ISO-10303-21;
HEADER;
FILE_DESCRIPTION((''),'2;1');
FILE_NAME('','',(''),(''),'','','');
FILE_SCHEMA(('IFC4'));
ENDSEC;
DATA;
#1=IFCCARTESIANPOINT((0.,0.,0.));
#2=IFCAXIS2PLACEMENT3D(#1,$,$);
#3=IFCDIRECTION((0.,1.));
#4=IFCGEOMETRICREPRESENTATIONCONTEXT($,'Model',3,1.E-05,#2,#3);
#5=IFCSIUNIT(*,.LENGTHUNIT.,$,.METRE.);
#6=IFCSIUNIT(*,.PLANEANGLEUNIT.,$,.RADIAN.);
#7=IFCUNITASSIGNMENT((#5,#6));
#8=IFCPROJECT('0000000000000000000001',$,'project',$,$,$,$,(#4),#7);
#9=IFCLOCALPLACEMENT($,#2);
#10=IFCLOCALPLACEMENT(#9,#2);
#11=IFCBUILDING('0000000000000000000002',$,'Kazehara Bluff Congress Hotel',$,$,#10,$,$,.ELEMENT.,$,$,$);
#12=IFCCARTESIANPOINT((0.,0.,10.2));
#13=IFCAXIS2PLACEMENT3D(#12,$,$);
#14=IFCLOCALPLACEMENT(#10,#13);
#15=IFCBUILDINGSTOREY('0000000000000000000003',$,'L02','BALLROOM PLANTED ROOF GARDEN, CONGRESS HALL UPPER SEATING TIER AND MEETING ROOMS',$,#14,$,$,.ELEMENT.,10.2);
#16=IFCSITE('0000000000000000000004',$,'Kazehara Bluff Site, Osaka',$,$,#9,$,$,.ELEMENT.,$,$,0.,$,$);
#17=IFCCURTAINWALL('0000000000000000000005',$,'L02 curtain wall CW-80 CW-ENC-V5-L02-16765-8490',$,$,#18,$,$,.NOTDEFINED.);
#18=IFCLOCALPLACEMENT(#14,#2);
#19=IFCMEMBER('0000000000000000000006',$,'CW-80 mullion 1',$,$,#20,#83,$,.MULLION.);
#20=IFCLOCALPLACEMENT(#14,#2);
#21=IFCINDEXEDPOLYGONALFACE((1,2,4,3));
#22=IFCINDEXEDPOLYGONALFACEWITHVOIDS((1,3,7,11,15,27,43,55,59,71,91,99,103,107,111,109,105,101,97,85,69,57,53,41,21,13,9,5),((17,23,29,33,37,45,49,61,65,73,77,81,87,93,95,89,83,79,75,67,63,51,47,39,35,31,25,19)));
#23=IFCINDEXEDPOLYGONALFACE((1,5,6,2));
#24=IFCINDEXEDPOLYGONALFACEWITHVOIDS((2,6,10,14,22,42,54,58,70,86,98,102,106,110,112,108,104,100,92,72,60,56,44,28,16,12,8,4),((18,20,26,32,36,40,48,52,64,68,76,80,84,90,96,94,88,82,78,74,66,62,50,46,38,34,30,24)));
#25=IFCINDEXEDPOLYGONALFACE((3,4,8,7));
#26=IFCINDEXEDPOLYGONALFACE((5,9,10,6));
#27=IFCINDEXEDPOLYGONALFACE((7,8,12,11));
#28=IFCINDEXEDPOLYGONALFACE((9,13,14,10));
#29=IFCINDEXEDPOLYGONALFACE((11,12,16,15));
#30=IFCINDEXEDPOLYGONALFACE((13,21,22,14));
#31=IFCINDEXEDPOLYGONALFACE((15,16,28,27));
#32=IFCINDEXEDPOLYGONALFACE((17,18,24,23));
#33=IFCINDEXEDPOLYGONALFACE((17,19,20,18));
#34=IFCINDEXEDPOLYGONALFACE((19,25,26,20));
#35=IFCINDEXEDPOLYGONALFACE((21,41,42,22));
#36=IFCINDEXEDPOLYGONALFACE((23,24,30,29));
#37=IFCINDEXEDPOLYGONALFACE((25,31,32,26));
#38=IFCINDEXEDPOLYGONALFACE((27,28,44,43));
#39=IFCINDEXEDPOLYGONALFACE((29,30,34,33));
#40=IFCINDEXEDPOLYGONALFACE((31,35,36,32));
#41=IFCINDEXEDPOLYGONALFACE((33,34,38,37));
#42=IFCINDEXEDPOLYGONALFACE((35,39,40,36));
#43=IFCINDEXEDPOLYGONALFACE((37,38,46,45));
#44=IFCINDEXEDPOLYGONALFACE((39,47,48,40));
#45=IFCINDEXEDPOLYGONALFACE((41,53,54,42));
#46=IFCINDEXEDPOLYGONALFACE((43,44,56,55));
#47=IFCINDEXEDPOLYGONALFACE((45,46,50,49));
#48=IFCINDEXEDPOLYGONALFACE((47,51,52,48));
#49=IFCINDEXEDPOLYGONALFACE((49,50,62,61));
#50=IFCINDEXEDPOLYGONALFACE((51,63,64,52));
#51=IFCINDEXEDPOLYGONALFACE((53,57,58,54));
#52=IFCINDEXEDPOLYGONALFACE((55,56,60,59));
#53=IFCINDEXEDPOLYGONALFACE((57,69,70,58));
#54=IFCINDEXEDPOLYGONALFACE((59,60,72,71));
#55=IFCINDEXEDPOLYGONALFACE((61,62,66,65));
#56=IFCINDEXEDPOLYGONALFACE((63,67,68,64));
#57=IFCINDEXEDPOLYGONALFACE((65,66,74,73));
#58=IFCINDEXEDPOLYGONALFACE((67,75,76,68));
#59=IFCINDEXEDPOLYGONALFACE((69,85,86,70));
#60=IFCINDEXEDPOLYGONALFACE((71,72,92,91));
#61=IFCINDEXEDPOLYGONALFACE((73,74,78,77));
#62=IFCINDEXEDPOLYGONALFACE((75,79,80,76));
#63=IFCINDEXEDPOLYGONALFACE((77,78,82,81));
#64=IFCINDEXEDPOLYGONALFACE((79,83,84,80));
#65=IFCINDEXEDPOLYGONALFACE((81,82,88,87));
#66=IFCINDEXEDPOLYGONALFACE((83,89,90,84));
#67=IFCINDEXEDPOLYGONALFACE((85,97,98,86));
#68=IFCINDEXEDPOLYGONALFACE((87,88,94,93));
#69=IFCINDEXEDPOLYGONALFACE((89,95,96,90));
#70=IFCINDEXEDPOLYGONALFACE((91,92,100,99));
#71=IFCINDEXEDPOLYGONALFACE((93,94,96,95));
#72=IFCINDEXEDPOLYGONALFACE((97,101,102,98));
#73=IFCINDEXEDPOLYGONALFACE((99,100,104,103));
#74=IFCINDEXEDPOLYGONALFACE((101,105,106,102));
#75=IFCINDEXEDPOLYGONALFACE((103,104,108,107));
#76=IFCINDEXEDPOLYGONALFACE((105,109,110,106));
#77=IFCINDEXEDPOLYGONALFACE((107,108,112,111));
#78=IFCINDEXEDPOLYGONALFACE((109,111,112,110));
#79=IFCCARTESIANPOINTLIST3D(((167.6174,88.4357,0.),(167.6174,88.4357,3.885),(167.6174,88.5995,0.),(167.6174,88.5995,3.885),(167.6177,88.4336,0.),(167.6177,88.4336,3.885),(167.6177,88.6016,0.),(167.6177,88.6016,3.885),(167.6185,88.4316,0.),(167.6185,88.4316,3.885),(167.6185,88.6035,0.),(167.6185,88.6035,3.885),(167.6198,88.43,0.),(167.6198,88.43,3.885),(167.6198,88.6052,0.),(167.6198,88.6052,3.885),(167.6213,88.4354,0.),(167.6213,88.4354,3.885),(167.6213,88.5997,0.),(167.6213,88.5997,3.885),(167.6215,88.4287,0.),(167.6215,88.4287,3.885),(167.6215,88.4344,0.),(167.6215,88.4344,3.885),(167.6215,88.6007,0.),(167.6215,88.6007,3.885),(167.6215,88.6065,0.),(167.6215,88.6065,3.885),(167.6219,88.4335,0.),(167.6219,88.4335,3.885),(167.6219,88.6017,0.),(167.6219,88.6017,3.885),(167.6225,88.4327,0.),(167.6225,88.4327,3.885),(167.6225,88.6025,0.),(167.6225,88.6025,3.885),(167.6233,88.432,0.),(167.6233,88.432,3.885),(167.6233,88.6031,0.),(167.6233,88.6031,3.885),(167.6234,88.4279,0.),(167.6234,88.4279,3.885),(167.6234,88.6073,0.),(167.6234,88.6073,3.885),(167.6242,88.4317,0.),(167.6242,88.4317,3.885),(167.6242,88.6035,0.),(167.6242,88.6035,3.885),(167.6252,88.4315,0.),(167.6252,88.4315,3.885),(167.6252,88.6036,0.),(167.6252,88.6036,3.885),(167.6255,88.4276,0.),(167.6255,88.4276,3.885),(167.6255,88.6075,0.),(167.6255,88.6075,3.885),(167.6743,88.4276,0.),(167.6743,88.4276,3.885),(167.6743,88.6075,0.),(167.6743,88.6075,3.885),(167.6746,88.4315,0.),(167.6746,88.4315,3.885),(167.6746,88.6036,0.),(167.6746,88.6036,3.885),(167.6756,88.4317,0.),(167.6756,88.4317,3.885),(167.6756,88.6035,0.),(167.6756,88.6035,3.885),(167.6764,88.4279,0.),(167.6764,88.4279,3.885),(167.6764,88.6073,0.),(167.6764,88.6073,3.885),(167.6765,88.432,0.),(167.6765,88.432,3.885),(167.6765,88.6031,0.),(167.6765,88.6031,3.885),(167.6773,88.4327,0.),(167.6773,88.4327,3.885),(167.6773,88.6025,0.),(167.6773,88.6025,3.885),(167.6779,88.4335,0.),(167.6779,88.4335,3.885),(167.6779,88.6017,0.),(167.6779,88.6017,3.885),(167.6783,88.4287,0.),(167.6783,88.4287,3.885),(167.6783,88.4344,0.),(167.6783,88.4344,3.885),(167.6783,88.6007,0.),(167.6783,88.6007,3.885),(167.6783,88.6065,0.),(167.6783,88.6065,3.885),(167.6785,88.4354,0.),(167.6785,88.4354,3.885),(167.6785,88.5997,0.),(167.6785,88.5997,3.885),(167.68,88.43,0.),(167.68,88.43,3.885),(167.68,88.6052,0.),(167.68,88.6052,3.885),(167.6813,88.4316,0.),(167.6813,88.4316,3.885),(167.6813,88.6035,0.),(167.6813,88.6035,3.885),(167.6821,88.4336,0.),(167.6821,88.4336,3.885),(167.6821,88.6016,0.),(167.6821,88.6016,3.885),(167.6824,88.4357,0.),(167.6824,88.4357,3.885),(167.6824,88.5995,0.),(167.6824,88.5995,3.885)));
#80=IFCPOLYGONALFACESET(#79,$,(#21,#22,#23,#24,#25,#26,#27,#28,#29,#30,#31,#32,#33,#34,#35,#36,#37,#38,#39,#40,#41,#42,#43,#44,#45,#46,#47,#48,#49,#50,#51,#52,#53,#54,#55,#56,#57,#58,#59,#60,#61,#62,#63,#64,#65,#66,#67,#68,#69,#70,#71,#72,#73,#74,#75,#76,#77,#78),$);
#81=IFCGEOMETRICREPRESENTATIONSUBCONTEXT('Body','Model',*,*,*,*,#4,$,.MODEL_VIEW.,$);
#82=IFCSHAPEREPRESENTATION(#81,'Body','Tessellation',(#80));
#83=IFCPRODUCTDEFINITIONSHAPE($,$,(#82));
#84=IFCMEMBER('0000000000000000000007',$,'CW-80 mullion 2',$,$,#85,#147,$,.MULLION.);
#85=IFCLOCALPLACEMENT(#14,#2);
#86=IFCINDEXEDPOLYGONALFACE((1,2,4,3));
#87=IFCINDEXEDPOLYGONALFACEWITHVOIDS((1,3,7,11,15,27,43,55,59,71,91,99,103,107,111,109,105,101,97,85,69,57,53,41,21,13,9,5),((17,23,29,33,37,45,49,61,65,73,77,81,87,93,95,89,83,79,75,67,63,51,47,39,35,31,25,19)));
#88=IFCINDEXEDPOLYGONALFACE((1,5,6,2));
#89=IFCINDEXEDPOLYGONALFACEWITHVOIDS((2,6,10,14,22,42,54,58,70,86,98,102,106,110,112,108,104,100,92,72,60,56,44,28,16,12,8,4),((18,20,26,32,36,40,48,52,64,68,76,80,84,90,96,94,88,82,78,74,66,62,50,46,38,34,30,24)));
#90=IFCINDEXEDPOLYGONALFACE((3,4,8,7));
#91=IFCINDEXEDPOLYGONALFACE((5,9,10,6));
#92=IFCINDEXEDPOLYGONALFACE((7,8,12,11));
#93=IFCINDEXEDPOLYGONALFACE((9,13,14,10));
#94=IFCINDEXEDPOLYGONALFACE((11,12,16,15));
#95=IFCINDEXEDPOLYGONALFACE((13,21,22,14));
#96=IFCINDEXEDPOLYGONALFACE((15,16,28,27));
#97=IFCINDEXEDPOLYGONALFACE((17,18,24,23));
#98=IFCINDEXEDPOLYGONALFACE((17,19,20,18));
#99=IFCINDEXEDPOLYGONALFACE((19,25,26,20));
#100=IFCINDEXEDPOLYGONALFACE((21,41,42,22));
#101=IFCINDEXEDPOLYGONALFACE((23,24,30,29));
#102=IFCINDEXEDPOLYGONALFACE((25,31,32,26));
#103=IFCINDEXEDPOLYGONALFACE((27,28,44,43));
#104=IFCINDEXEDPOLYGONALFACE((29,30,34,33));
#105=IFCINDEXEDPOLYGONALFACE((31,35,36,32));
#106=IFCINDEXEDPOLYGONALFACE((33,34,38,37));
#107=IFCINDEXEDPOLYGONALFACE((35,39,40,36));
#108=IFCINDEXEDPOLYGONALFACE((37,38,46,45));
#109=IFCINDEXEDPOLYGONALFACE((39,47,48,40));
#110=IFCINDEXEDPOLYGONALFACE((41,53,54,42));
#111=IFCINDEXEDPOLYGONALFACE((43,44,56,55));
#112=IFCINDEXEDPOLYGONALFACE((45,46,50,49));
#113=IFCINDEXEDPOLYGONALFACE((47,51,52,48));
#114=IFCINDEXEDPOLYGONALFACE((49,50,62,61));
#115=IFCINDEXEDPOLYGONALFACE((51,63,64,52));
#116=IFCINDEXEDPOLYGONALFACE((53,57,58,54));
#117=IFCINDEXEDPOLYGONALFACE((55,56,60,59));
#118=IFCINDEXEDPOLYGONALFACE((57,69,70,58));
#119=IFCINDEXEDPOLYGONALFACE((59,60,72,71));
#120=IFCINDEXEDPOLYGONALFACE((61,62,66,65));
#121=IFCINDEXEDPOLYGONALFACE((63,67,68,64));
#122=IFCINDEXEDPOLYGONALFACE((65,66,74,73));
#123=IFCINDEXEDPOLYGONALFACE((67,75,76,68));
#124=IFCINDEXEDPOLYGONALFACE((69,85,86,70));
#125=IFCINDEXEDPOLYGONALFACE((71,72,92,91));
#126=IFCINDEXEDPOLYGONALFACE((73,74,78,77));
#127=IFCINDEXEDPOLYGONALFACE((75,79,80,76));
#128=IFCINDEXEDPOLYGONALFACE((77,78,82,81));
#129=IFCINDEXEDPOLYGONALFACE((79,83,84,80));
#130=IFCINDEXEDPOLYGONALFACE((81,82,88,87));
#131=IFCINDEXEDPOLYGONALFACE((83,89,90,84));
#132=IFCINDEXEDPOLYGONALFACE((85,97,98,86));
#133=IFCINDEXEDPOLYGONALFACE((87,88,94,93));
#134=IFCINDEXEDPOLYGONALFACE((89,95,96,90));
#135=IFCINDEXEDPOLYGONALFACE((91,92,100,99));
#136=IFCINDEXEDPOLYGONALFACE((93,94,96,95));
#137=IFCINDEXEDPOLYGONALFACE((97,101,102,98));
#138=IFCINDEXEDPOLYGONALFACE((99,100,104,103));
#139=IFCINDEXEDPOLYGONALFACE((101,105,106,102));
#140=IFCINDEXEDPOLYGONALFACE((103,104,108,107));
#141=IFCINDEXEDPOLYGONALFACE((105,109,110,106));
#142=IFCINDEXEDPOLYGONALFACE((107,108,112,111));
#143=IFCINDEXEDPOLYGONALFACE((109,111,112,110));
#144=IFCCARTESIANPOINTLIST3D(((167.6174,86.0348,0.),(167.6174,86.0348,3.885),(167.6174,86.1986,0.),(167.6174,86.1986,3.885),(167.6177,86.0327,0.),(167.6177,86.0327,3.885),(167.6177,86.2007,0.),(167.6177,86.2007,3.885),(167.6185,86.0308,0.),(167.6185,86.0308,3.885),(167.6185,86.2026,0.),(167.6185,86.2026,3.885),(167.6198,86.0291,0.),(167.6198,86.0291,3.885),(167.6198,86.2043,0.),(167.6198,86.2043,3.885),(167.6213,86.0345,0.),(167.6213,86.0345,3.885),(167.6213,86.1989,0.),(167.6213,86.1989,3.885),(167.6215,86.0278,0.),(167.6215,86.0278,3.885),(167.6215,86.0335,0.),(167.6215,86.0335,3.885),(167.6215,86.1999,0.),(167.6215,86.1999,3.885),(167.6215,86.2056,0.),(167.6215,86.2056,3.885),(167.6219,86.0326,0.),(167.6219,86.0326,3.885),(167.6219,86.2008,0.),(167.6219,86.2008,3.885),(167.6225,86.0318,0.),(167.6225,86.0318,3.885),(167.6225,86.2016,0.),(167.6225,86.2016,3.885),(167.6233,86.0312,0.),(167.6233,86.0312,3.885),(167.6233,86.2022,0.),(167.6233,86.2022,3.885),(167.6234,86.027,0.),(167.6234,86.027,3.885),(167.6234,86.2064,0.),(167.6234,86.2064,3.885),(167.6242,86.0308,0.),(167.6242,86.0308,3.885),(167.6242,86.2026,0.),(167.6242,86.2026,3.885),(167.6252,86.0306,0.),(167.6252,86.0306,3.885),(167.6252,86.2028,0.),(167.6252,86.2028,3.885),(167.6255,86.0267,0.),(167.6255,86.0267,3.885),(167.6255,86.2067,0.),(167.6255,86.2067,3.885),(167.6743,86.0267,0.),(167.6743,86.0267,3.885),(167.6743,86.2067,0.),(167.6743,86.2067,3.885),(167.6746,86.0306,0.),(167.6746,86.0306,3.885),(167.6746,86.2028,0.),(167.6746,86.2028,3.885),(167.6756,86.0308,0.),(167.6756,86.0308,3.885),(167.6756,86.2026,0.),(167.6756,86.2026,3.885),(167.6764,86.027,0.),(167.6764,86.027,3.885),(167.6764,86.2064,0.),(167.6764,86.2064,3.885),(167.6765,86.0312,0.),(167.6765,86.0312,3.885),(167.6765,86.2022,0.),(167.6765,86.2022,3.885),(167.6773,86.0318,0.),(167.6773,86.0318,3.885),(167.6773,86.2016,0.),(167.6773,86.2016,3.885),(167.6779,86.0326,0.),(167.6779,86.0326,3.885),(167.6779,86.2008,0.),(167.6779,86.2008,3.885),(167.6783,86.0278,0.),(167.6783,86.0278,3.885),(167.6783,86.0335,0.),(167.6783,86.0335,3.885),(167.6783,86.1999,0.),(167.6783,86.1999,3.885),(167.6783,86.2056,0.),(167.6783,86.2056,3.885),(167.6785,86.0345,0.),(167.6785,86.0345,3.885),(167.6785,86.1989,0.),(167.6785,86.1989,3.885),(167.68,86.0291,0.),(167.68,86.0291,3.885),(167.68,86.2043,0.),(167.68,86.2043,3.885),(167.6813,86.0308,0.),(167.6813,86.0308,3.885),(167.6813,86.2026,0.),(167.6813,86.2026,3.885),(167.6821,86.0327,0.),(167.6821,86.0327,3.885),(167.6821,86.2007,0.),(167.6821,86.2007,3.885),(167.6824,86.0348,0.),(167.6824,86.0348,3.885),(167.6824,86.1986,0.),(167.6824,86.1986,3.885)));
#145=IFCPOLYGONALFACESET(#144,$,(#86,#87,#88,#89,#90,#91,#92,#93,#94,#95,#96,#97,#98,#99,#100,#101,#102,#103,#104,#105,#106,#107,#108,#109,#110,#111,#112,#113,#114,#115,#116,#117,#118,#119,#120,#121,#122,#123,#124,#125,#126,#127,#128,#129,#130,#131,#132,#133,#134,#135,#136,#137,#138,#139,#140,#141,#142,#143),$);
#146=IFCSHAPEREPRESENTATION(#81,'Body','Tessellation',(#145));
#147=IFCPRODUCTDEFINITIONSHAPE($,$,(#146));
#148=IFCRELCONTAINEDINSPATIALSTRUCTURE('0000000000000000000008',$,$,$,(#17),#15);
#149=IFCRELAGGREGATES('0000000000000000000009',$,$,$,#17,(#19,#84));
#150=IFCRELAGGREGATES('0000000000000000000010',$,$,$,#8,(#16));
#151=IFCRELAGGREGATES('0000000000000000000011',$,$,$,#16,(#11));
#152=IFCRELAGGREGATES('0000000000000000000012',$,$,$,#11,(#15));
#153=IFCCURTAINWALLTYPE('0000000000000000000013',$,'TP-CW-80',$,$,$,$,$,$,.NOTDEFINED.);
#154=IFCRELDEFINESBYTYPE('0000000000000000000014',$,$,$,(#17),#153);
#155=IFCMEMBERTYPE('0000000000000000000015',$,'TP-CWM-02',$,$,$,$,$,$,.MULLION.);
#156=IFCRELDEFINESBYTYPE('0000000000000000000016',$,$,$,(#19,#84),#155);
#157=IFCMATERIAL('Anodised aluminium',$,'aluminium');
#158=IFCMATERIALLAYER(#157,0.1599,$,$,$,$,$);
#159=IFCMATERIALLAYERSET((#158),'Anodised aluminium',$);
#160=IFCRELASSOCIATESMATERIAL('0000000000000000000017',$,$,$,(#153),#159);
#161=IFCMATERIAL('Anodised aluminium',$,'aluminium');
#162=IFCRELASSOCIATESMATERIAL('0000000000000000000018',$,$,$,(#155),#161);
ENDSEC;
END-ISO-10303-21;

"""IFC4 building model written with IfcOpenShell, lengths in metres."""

from ifc_helpers import new_model, si_unit, direction, frame, origin, origin_2d, place, context, subcontext, project, spatial, hollow_rectangle, extrude, material, layer, layer_set, material_profile, profile_set, type_object, element, aggregate, save


model = new_model("IFC4")

# Units and contexts
model_context = context("Model", 3, precision=1e-05, world=origin(), true_north=direction((0.0, 1.0)))
body_context = subcontext(model_context, "Body", "Model", "MODEL_VIEW")
ifc_project = project(units=[si_unit("LENGTHUNIT", "METRE"), si_unit("PLANEANGLEUNIT", "RADIAN")], contexts=[model_context])

# Site, building, storey
site_placement = place(None, origin())
site = spatial("IfcSite", under=ifc_project, at=site_placement, Name="Kazehara Bluff Site, Osaka", CompositionType="ELEMENT", RefElevation=0.0)
building_placement = place(site_placement, origin())
building = spatial("IfcBuilding", under=site, at=building_placement, Name="Kazehara Bluff Congress Hotel", CompositionType="ELEMENT")
storey_placement = place(building_placement, frame((0.0, 0.0, 10.2)))
storey = spatial("IfcBuildingStorey", under=building, at=storey_placement, Name="L02", Description="BALLROOM PLANTED ROOF GARDEN, CONGRESS HALL UPPER SEATING TIER AND MEETING ROOMS", CompositionType="ELEMENT", Elevation=10.2)

# Curtain wall, members
ifc_material_1 = material(Name="Anodised aluminium", Category="aluminium")
ifc_layer_1 = layer(ifc_material_1, 0.1599)
ifc_layer_set_1 = layer_set([ifc_layer_1], Name="Anodised aluminium")
curtain_wall_type = type_object("IfcCurtainWallType", Name="TP-CW-80", PredefinedType="NOTDEFINED", material=ifc_layer_set_1)
curtain_wall_placement = place(storey_placement, origin())
curtain_wall = element("IfcCurtainWall", 1, at=curtain_wall_placement, inside=storey, type_object=curtain_wall_type, Name="L02 curtain wall CW-80 CW-ENC-V5-L02-16765-8490", PredefinedType="NOTDEFINED")
ifc_material_2 = material(Name="Anodised aluminium", Category="aluminium")
ifc_material_profile_1 = material_profile(ifc_material_2, hollow_rectangle(XDim=0.0649, YDim=0.1799, WallThickness=0.0039, InnerFilletRadius=0.0039, OuterFilletRadius=0.0081, at=origin_2d()))
ifc_profile_set_1 = profile_set([ifc_material_profile_1], Name="Anodised aluminium")
member_type_1 = type_object("IfcMemberType", Name="TP-CWM-02", PredefinedType="MULLION", material=ifc_profile_set_1)
member_1_placement = place(storey_placement, frame((167.6499, 88.5176, 0.0), z_axis=(0.0, 0.0, 1.0), x_axis=(1.0, 0.0, 0.0)))
member_1 = element("IfcMember", 2, at=member_1_placement, type_object=member_type_1, Name="CW-80 mullion 1", PredefinedType="MULLION", context=body_context, shape_type="SweptSolid", body=[
    extrude(hollow_rectangle(XDim=0.0649, YDim=0.1799, WallThickness=0.0039, InnerFilletRadius=0.0039, OuterFilletRadius=0.0081, at=origin_2d()), origin(), (0.0, 0.0, 1.0), 3.885),
])
member_2_placement = place(storey_placement, frame((167.6499, 86.1167, 0.0), z_axis=(0.0, 0.0, 1.0), x_axis=(1.0, 0.0, 0.0)))
member_2 = element("IfcMember", 3, at=member_2_placement, type_object=member_type_1, Name="CW-80 mullion 2", PredefinedType="MULLION", context=body_context, shape_type="SweptSolid", body=[
    extrude(hollow_rectangle(XDim=0.0649, YDim=0.1799, WallThickness=0.0039, InnerFilletRadius=0.0039, OuterFilletRadius=0.0081, at=origin_2d()), origin(), (0.0, 0.0, 1.0), 3.885),
])
aggregate(curtain_wall, [member_1, member_2])

save(model, "model.ifc")
